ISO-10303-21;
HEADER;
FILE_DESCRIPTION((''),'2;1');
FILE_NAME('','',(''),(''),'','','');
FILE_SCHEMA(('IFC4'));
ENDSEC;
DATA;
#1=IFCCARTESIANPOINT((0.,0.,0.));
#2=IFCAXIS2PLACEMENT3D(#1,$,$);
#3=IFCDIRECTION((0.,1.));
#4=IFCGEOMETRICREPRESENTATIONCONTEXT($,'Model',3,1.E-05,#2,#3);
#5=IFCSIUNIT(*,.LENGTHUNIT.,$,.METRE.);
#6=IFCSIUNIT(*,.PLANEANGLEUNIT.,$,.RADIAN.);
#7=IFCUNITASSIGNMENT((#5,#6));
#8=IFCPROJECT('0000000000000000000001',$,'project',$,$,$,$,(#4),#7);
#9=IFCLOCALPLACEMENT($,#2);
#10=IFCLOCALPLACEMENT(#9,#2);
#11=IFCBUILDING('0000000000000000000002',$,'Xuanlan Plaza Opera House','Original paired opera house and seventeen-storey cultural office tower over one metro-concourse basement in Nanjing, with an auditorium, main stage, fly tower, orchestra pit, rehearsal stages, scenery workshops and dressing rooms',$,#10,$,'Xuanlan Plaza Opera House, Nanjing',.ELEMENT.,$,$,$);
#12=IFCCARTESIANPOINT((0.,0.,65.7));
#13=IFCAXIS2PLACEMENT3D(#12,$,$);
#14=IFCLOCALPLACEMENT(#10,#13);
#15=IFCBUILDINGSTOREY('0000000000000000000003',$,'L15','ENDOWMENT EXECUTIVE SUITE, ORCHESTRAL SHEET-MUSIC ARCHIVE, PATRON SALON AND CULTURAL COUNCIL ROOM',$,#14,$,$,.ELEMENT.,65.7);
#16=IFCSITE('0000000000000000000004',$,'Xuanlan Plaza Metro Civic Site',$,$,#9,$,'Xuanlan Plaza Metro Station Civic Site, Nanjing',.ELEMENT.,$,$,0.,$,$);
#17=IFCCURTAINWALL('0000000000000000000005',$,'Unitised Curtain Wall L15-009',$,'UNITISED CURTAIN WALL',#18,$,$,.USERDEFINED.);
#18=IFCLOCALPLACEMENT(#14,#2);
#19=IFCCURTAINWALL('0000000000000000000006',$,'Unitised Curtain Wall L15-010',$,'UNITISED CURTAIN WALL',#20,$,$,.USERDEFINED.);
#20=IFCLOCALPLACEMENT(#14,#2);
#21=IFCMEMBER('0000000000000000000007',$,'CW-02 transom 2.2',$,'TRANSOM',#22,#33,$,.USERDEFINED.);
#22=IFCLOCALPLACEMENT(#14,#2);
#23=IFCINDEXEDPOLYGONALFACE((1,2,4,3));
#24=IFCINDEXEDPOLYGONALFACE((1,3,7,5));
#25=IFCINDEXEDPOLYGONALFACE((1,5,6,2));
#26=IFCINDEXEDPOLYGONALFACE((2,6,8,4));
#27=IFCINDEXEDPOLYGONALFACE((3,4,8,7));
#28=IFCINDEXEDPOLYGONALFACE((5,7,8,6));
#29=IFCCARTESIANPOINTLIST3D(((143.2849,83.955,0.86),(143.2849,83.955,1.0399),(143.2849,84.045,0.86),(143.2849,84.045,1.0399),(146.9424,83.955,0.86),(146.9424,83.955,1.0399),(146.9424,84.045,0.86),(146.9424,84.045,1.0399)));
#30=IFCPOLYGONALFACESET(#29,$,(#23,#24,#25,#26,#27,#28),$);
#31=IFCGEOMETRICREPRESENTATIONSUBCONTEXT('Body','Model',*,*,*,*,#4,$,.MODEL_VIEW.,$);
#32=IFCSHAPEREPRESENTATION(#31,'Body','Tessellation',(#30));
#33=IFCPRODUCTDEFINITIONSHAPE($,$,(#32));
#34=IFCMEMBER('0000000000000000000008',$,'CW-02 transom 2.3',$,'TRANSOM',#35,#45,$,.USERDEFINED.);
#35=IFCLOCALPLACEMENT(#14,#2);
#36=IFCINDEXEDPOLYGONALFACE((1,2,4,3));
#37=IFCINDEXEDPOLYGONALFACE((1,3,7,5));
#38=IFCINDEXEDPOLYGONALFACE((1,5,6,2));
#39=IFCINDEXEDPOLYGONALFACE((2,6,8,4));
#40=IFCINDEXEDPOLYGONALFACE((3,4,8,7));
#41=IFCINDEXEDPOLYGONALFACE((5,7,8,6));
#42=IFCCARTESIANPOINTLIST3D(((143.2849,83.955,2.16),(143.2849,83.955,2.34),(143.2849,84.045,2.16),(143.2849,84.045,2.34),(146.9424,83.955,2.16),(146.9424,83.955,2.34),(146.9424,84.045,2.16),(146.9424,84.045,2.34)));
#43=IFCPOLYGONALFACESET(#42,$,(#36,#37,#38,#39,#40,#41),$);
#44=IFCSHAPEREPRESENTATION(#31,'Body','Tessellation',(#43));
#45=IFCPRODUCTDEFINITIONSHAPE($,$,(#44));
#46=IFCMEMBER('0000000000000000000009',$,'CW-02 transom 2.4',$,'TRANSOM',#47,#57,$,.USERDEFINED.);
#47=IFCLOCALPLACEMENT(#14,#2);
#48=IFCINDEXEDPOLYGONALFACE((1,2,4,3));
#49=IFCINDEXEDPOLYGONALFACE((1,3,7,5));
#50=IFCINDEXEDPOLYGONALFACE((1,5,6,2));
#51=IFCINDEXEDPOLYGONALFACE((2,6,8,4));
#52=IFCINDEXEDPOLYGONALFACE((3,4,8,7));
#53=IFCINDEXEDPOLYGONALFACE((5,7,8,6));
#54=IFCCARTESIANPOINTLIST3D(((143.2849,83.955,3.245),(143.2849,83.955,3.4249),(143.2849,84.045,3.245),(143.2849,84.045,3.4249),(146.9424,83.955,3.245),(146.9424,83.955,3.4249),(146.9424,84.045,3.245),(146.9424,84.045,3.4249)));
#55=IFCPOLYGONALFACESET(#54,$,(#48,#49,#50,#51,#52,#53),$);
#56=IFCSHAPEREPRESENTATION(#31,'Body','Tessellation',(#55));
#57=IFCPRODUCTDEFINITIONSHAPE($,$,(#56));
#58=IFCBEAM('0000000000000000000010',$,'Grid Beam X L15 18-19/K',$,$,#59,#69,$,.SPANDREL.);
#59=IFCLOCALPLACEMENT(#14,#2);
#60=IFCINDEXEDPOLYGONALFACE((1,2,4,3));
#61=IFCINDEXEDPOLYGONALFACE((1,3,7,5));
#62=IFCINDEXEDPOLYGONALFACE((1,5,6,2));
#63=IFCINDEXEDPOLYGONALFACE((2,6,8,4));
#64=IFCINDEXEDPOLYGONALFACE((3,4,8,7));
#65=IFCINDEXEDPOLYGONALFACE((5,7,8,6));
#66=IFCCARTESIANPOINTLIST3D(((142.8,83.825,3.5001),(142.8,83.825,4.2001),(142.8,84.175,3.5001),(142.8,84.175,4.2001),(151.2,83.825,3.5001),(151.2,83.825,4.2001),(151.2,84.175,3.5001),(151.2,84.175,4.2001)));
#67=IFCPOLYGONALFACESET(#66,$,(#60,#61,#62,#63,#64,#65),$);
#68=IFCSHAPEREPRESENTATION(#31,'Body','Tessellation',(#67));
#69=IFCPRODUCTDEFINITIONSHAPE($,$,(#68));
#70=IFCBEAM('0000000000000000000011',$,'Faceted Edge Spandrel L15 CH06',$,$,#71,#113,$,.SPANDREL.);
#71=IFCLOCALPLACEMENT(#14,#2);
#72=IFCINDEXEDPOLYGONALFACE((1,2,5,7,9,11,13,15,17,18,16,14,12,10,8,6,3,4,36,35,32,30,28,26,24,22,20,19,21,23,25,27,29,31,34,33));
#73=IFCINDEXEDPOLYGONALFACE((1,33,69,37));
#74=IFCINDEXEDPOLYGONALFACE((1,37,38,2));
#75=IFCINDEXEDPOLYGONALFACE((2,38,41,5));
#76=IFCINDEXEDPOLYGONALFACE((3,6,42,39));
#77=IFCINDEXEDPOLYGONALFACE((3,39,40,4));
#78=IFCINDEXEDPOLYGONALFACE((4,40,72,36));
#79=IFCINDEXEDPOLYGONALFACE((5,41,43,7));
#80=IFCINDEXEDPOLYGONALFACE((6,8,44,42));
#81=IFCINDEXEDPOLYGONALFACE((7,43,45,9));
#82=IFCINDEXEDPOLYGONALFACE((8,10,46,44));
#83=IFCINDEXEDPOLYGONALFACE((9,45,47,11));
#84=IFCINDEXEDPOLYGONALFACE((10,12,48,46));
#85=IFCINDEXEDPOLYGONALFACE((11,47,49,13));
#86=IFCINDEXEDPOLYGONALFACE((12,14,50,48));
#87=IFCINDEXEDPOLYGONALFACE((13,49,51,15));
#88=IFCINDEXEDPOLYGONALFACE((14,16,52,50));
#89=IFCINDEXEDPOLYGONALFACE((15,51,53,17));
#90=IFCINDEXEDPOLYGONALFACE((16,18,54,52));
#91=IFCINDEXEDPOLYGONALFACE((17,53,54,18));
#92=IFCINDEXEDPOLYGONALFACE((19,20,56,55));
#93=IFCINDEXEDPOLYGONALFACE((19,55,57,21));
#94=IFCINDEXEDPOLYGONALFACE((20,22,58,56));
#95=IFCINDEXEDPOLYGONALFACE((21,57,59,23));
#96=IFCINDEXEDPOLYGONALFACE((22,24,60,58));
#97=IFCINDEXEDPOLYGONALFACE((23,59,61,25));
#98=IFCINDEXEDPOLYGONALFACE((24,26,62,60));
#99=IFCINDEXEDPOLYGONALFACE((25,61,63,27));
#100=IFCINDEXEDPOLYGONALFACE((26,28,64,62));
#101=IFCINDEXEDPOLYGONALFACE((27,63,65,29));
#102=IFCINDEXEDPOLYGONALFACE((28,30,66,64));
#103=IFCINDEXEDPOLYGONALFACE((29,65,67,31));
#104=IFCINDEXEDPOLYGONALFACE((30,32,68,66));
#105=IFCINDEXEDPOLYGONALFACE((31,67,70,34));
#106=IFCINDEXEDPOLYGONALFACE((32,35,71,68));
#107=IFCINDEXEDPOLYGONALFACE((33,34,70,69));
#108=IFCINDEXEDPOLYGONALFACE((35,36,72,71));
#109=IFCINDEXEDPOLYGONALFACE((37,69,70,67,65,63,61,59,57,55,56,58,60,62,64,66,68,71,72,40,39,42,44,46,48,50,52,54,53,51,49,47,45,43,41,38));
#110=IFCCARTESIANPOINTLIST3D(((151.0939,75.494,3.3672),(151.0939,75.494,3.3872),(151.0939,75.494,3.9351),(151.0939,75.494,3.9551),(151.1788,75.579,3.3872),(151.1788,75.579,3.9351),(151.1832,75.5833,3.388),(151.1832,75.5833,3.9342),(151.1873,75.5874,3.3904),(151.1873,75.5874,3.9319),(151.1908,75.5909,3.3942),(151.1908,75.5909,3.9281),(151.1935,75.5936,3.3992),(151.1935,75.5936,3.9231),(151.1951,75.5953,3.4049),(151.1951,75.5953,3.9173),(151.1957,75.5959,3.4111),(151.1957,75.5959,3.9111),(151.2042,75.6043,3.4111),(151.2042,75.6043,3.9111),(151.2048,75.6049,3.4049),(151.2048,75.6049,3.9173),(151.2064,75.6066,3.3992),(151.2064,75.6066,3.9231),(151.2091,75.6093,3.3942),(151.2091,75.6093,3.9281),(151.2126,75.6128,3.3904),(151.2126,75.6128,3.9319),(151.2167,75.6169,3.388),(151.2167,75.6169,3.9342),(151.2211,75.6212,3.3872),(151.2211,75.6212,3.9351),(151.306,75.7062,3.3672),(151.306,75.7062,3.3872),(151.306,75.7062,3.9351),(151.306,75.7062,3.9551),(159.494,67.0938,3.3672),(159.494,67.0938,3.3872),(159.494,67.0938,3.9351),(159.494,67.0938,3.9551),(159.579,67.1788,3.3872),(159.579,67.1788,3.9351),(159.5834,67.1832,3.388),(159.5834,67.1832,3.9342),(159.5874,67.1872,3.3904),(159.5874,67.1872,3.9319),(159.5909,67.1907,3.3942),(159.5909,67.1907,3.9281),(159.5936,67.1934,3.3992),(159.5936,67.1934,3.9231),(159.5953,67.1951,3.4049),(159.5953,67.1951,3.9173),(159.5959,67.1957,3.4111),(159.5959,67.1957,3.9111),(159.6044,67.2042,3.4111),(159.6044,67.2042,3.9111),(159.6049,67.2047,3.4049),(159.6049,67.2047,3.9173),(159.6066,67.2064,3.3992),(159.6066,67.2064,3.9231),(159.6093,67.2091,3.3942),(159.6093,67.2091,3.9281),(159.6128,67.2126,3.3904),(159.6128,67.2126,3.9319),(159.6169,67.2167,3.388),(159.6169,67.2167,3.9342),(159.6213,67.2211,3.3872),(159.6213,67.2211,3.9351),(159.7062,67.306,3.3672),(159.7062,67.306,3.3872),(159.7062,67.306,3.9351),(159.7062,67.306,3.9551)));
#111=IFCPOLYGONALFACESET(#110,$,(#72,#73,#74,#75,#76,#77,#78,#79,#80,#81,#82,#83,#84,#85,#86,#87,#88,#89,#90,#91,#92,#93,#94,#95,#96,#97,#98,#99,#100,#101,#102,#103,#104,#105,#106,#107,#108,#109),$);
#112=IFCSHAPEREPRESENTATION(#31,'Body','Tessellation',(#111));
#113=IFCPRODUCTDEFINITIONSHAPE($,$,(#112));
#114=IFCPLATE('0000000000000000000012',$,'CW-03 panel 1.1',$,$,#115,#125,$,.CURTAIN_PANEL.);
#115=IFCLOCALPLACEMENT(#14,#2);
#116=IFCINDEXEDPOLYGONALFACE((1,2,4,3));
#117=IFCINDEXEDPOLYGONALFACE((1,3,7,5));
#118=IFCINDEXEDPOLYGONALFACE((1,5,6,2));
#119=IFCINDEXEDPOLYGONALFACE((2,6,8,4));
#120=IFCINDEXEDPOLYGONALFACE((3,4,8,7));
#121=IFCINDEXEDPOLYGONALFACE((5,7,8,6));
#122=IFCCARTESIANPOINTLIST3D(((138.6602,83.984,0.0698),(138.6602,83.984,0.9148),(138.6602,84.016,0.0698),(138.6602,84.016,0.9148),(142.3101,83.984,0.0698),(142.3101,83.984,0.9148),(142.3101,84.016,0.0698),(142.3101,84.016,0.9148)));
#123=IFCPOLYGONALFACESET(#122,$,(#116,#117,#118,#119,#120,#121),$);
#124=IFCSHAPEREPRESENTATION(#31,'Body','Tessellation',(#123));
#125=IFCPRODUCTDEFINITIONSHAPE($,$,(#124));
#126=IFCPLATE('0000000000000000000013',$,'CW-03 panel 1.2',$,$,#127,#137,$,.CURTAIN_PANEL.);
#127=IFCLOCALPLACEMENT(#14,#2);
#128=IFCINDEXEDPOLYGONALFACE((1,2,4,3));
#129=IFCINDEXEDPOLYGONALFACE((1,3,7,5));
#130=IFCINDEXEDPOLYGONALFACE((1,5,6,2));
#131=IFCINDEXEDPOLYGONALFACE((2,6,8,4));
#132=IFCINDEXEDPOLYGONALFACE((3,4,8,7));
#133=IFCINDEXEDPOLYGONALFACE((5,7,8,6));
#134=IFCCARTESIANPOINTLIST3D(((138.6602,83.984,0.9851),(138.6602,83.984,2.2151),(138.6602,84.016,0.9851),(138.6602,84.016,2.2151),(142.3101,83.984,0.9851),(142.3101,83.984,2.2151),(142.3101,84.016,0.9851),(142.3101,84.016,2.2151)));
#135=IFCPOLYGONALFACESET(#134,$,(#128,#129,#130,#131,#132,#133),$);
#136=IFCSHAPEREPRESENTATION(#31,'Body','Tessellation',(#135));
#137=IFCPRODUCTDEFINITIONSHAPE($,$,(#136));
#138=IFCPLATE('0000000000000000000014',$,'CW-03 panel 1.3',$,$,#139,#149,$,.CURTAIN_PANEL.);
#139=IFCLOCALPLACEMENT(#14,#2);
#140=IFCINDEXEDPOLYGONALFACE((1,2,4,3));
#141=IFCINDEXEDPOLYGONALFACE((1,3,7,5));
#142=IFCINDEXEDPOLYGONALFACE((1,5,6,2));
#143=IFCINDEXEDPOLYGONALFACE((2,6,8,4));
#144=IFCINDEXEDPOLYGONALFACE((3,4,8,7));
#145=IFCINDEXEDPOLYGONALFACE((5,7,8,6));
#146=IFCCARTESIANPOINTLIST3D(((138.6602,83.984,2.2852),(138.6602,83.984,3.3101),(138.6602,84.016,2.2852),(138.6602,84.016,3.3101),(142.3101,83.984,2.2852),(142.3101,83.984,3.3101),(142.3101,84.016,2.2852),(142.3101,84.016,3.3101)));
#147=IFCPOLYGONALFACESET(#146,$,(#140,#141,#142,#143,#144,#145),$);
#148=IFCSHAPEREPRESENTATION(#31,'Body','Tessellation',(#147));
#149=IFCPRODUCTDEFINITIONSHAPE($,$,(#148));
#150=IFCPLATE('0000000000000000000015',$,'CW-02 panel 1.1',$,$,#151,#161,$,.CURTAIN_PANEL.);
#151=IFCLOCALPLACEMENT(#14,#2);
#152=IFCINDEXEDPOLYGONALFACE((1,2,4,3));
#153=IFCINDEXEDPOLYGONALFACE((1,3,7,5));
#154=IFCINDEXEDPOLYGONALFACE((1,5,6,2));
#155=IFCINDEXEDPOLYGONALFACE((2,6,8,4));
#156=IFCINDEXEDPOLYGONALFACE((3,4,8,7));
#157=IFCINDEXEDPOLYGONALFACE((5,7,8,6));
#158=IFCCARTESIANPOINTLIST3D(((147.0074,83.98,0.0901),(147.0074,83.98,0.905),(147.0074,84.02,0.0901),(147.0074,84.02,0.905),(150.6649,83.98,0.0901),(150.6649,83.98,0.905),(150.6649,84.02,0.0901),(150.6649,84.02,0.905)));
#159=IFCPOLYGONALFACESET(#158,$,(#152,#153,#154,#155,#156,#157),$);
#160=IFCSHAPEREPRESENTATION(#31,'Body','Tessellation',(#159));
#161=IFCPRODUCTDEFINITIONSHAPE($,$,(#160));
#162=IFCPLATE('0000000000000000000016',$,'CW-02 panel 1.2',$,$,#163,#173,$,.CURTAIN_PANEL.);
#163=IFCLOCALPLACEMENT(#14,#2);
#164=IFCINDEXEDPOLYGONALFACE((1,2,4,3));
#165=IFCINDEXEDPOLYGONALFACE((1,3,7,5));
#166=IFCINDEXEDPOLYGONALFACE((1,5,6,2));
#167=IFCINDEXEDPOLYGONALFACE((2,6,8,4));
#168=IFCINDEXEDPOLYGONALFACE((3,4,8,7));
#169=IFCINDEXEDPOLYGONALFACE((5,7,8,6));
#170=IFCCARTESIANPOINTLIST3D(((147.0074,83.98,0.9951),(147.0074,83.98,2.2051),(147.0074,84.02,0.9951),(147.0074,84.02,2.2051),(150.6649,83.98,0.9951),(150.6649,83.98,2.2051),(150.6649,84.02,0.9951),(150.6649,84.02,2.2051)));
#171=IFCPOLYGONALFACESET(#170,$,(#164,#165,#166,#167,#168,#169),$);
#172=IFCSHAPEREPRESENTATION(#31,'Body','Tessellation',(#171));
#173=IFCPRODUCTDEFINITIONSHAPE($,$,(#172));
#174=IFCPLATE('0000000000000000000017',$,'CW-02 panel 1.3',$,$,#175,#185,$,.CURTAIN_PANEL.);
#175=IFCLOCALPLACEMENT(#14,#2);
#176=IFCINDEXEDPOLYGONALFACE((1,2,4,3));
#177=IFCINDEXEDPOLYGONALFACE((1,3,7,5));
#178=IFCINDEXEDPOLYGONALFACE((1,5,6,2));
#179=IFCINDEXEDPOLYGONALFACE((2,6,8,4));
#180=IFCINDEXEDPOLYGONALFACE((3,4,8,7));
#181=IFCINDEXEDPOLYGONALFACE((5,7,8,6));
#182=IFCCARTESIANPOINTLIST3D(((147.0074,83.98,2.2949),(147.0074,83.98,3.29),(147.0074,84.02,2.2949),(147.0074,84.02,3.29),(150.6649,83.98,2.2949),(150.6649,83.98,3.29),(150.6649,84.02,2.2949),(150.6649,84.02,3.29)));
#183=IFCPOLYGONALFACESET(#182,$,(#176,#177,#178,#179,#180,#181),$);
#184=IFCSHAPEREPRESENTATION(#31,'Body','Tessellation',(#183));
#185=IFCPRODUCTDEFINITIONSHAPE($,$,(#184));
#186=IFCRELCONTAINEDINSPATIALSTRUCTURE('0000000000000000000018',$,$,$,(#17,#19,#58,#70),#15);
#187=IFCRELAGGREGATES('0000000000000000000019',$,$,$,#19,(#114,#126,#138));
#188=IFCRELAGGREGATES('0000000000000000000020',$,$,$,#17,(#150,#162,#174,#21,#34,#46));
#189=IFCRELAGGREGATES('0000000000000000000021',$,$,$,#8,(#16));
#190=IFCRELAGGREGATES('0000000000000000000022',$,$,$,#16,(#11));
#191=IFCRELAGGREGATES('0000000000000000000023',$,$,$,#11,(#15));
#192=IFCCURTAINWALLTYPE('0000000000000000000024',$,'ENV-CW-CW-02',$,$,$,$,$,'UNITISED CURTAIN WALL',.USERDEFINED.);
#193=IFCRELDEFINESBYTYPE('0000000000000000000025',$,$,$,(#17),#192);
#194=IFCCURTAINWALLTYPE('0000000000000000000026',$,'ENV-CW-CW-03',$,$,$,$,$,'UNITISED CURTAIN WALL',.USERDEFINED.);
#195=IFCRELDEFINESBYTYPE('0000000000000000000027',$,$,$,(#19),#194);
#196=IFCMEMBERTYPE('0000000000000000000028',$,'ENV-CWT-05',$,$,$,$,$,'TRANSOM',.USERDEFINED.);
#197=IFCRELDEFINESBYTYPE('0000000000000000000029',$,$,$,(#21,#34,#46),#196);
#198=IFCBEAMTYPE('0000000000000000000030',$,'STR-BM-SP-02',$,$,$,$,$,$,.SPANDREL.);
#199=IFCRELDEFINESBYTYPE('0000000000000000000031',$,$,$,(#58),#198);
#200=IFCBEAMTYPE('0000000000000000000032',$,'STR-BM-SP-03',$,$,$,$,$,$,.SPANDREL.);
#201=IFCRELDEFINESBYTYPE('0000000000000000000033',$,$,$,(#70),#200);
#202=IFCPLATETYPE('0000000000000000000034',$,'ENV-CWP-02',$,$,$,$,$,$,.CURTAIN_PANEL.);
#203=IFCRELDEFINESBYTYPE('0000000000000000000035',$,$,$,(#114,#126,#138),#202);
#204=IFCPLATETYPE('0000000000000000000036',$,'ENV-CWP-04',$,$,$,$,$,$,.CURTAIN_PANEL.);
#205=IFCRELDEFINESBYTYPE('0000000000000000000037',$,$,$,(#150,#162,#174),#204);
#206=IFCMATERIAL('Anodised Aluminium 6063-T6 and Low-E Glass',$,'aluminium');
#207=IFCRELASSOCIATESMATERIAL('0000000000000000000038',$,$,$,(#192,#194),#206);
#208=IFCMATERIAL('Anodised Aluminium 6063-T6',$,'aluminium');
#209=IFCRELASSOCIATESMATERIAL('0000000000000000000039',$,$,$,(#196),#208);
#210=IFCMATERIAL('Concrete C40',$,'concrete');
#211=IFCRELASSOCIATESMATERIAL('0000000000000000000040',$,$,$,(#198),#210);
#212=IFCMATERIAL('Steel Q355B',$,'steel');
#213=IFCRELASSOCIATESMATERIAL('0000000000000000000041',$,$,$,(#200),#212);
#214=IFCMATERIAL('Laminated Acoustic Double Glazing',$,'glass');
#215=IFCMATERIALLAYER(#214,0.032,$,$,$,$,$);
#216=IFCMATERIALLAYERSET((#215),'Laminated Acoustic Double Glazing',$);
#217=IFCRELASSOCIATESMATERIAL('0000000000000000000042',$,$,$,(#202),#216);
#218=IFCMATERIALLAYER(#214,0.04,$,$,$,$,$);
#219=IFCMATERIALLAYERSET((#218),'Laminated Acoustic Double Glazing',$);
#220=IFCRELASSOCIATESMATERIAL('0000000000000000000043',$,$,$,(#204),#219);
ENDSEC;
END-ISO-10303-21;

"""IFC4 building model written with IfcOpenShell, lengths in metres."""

from ifc_helpers import new_model, si_unit, direction, frame, origin, origin_2d, place, context, subcontext, project, spatial, rectangle, i_section, extrude, material, layer, layer_set, material_profile, profile_set, type_object, element, aggregate, save


model = new_model("IFC4")

# Units and contexts
model_context = context("Model", 3, precision=1e-05, world=origin(), true_north=direction((0.0, 1.0)))
body_context = subcontext(model_context, "Body", "Model", "MODEL_VIEW")
ifc_project = project(units=[si_unit("LENGTHUNIT", "METRE"), si_unit("PLANEANGLEUNIT", "RADIAN")], contexts=[model_context])

# Site, building, storey
site_placement = place(None, origin())
site = spatial("IfcSite", under=ifc_project, at=site_placement, Name="Xuanlan Plaza Metro Civic Site", LongName="Xuanlan Plaza Metro Station Civic Site, Nanjing", CompositionType="ELEMENT", RefElevation=0.0)
building_placement = place(site_placement, origin())
building = spatial("IfcBuilding", under=site, at=building_placement, Name="Xuanlan Plaza Opera House", Description="Original paired opera house and seventeen-storey cultural office tower over one metro-concourse basement in Nanjing, with an auditorium, main stage, fly tower, orchestra pit, rehearsal stages, scenery workshops and dressing rooms", LongName="Xuanlan Plaza Opera House, Nanjing", CompositionType="ELEMENT")
storey_placement = place(building_placement, frame((0.0, 0.0, 65.7)))
storey = spatial("IfcBuildingStorey", under=building, at=storey_placement, Name="L15", Description="ENDOWMENT EXECUTIVE SUITE, ORCHESTRAL SHEET-MUSIC ARCHIVE, PATRON SALON AND CULTURAL COUNCIL ROOM", CompositionType="ELEMENT", Elevation=65.7)

# Curtain walls
ifc_material_1 = material(Name="Anodised Aluminium 6063-T6 and Low-E Glass", Category="aluminium")
curtain_wall_type_1 = type_object("IfcCurtainWallType", Name="ENV-CW-CW-02", ElementType="UNITISED CURTAIN WALL", PredefinedType="USERDEFINED", material=ifc_material_1)
curtain_wall_1_placement = place(storey_placement, origin())
curtain_wall_1 = element("IfcCurtainWall", 1, at=curtain_wall_1_placement, inside=storey, type_object=curtain_wall_type_1, Name="Unitised Curtain Wall L15-009", ObjectType="UNITISED CURTAIN WALL", PredefinedType="USERDEFINED")
ifc_material_2 = material(Name="Anodised Aluminium 6063-T6", Category="aluminium")
curtain_wall_type_2 = type_object("IfcCurtainWallType", Name="ENV-CW-CW-03", ElementType="UNITISED CURTAIN WALL", PredefinedType="USERDEFINED", material=ifc_material_1)
curtain_wall_2_placement = place(storey_placement, origin())
curtain_wall_2 = element("IfcCurtainWall", 2, at=curtain_wall_2_placement, inside=storey, type_object=curtain_wall_type_2, Name="Unitised Curtain Wall L15-010", ObjectType="UNITISED CURTAIN WALL", PredefinedType="USERDEFINED")

# Members
ifc_material_profile_1 = material_profile(ifc_material_2, rectangle(XDim=0.0901, YDim=0.1799, at=origin_2d()), Name="ALU-T 90x180")
ifc_profile_set_1 = profile_set([ifc_material_profile_1], Name="Anodised Aluminium 6063-T6")
member_type_1 = type_object("IfcMemberType", Name="ENV-CWT-05", ElementType="TRANSOM", PredefinedType="USERDEFINED", material=ifc_profile_set_1)
member_1_placement = place(storey_placement, frame((146.9424, 84.0, 0.95), z_axis=(-1.0, 0.0, 0.0), x_axis=(0.0, -1.0, 0.0)))
member_1 = element("IfcMember", 3, at=member_1_placement, type_object=member_type_1, Name="CW-02 transom 2.2", ObjectType="TRANSOM", PredefinedType="USERDEFINED", context=body_context, shape_type="SweptSolid", body=[
    extrude(rectangle(XDim=0.0901, YDim=0.1799, at=origin_2d()), origin(), (0.0, 0.0, 1.0), 3.6575),
])
member_2_placement = place(storey_placement, frame((146.9424, 84.0, 2.25), z_axis=(-1.0, 0.0, 0.0), x_axis=(0.0, -1.0, 0.0)))
member_2 = element("IfcMember", 4, at=member_2_placement, type_object=member_type_1, Name="CW-02 transom 2.3", ObjectType="TRANSOM", PredefinedType="USERDEFINED", context=body_context, shape_type="SweptSolid", body=[
    extrude(rectangle(XDim=0.0901, YDim=0.1799, at=origin_2d()), origin(), (0.0, 0.0, 1.0), 3.6575),
])
member_3_placement = place(storey_placement, frame((146.9424, 84.0, 3.335), z_axis=(-1.0, 0.0, 0.0), x_axis=(0.0, -1.0, 0.0)))
member_3 = element("IfcMember", 5, at=member_3_placement, type_object=member_type_1, Name="CW-02 transom 2.4", ObjectType="TRANSOM", PredefinedType="USERDEFINED", context=body_context, shape_type="SweptSolid", body=[
    extrude(rectangle(XDim=0.0901, YDim=0.1799, at=origin_2d()), origin(), (0.0, 0.0, 1.0), 3.6575),
])

# Beams
ifc_material_3 = material(Name="Concrete C40", Category="concrete")
ifc_material_profile_2 = material_profile(ifc_material_3, rectangle(XDim=0.3501, YDim=0.7, at=origin_2d()), Name="RC-SPD 350x700")
ifc_profile_set_2 = profile_set([ifc_material_profile_2], Name="Concrete C40")
beam_type_1 = type_object("IfcBeamType", Name="STR-BM-SP-02", PredefinedType="SPANDREL", material=ifc_profile_set_2)
beam_1_placement = place(storey_placement, frame((142.8, 84.0, 3.8501), z_axis=(1.0, 0.0, 0.0), x_axis=(0.0, 1.0, 0.0)))
element("IfcBeam", 6, at=beam_1_placement, inside=storey, type_object=beam_type_1, Name="Grid Beam X L15 18-19/K", PredefinedType="SPANDREL", context=body_context, shape_type="SweptSolid", body=[
    extrude(rectangle(XDim=0.3501, YDim=0.7, at=origin_2d()), origin(), (0.0, 0.0, 1.0), 8.3999),
])
ifc_material_4 = material(Name="Steel Q355B", Category="steel")
ifc_material_profile_3 = material_profile(ifc_material_4, i_section(OverallWidth=0.3, OverallDepth=0.5879, WebThickness=0.012, FlangeThickness=0.02, FilletRadius=0.0239, at=origin_2d()), Name="HM 588x300x12x20")
ifc_profile_set_3 = profile_set([ifc_material_profile_3], Name="Steel Q355B")
beam_type_2 = type_object("IfcBeamType", Name="STR-BM-SP-03", PredefinedType="SPANDREL", material=ifc_profile_set_3)
beam_2_placement = place(storey_placement, frame((151.2, 75.6001, 3.6611), z_axis=(0.707107, -0.707107, 0.0), x_axis=(0.707107, 0.707107, 0.0)))
element("IfcBeam", 7, at=beam_2_placement, inside=storey, type_object=beam_type_2, Name="Faceted Edge Spandrel L15 CH06", PredefinedType="SPANDREL", context=body_context, shape_type="SweptSolid", body=[
    extrude(i_section(OverallWidth=0.3, OverallDepth=0.5879, WebThickness=0.012, FlangeThickness=0.02, FilletRadius=0.0239, at=origin_2d()), origin(), (0.0, 0.0, 1.0), 11.8796),
])

# Plates
ifc_material_5 = material(Name="Laminated Acoustic Double Glazing", Category="glass")
ifc_layer_1 = layer(ifc_material_5, 0.032)
ifc_layer_set_1 = layer_set([ifc_layer_1], Name="Laminated Acoustic Double Glazing")
plate_type_1 = type_object("IfcPlateType", Name="ENV-CWP-02", PredefinedType="CURTAIN_PANEL", material=ifc_layer_set_1)
plate_1_placement = place(storey_placement, frame((140.4851, 84.0, 0.0698), z_axis=(0.0, 0.0, 1.0), x_axis=(-1.0, 0.0, 0.0)))
plate_1 = element("IfcPlate", 8, at=plate_1_placement, type_object=plate_type_1, Name="CW-03 panel 1.1", PredefinedType="CURTAIN_PANEL", context=body_context, shape_type="SweptSolid", body=[
    extrude(rectangle(XDim=3.6499, YDim=0.032, at=origin_2d()), origin(), (0.0, 0.0, 1.0), 0.845),
])
plate_2_placement = place(storey_placement, frame((140.4851, 84.0, 0.9851), z_axis=(0.0, 0.0, 1.0), x_axis=(-1.0, 0.0, 0.0)))
plate_2 = element("IfcPlate", 9, at=plate_2_placement, type_object=plate_type_1, Name="CW-03 panel 1.2", PredefinedType="CURTAIN_PANEL", context=body_context, shape_type="SweptSolid", body=[
    extrude(rectangle(XDim=3.6499, YDim=0.032, at=origin_2d()), origin(), (0.0, 0.0, 1.0), 1.23),
])
plate_3_placement = place(storey_placement, frame((140.4851, 84.0, 2.2852), z_axis=(0.0, 0.0, 1.0), x_axis=(-1.0, 0.0, 0.0)))
plate_3 = element("IfcPlate", 10, at=plate_3_placement, type_object=plate_type_1, Name="CW-03 panel 1.3", PredefinedType="CURTAIN_PANEL", context=body_context, shape_type="SweptSolid", body=[
    extrude(rectangle(XDim=3.6499, YDim=0.032, at=origin_2d()), origin(), (0.0, 0.0, 1.0), 1.0249),
])
aggregate(curtain_wall_2, [plate_1, plate_2, plate_3])
ifc_layer_2 = layer(ifc_material_5, 0.04)
ifc_layer_set_2 = layer_set([ifc_layer_2], Name="Laminated Acoustic Double Glazing")
plate_type_2 = type_object("IfcPlateType", Name="ENV-CWP-04", PredefinedType="CURTAIN_PANEL", material=ifc_layer_set_2)
plate_4_placement = place(storey_placement, frame((148.8362, 84.0, 0.0901), z_axis=(0.0, 0.0, 1.0), x_axis=(-1.0, 0.0, 0.0)))
plate_4 = element("IfcPlate", 11, at=plate_4_placement, type_object=plate_type_2, Name="CW-02 panel 1.1", PredefinedType="CURTAIN_PANEL", context=body_context, shape_type="SweptSolid", body=[
    extrude(rectangle(XDim=3.6575, YDim=0.04, at=origin_2d()), origin(), (0.0, 0.0, 1.0), 0.8149),
])
plate_5_placement = place(storey_placement, frame((148.8362, 84.0, 0.9951), z_axis=(0.0, 0.0, 1.0), x_axis=(-1.0, 0.0, 0.0)))
plate_5 = element("IfcPlate", 12, at=plate_5_placement, type_object=plate_type_2, Name="CW-02 panel 1.2", PredefinedType="CURTAIN_PANEL", context=body_context, shape_type="SweptSolid", body=[
    extrude(rectangle(XDim=3.6575, YDim=0.04, at=origin_2d()), origin(), (0.0, 0.0, 1.0), 1.21),
])
plate_6_placement = place(storey_placement, frame((148.8362, 84.0, 2.2949), z_axis=(0.0, 0.0, 1.0), x_axis=(-1.0, 0.0, 0.0)))
plate_6 = element("IfcPlate", 13, at=plate_6_placement, type_object=plate_type_2, Name="CW-02 panel 1.3", PredefinedType="CURTAIN_PANEL", context=body_context, shape_type="SweptSolid", body=[
    extrude(rectangle(XDim=3.6575, YDim=0.04, at=origin_2d()), origin(), (0.0, 0.0, 1.0), 0.9951),
])
aggregate(curtain_wall_1, [plate_4, plate_5, plate_6, member_1, member_2, member_3])

save(model, "model.ifc")
